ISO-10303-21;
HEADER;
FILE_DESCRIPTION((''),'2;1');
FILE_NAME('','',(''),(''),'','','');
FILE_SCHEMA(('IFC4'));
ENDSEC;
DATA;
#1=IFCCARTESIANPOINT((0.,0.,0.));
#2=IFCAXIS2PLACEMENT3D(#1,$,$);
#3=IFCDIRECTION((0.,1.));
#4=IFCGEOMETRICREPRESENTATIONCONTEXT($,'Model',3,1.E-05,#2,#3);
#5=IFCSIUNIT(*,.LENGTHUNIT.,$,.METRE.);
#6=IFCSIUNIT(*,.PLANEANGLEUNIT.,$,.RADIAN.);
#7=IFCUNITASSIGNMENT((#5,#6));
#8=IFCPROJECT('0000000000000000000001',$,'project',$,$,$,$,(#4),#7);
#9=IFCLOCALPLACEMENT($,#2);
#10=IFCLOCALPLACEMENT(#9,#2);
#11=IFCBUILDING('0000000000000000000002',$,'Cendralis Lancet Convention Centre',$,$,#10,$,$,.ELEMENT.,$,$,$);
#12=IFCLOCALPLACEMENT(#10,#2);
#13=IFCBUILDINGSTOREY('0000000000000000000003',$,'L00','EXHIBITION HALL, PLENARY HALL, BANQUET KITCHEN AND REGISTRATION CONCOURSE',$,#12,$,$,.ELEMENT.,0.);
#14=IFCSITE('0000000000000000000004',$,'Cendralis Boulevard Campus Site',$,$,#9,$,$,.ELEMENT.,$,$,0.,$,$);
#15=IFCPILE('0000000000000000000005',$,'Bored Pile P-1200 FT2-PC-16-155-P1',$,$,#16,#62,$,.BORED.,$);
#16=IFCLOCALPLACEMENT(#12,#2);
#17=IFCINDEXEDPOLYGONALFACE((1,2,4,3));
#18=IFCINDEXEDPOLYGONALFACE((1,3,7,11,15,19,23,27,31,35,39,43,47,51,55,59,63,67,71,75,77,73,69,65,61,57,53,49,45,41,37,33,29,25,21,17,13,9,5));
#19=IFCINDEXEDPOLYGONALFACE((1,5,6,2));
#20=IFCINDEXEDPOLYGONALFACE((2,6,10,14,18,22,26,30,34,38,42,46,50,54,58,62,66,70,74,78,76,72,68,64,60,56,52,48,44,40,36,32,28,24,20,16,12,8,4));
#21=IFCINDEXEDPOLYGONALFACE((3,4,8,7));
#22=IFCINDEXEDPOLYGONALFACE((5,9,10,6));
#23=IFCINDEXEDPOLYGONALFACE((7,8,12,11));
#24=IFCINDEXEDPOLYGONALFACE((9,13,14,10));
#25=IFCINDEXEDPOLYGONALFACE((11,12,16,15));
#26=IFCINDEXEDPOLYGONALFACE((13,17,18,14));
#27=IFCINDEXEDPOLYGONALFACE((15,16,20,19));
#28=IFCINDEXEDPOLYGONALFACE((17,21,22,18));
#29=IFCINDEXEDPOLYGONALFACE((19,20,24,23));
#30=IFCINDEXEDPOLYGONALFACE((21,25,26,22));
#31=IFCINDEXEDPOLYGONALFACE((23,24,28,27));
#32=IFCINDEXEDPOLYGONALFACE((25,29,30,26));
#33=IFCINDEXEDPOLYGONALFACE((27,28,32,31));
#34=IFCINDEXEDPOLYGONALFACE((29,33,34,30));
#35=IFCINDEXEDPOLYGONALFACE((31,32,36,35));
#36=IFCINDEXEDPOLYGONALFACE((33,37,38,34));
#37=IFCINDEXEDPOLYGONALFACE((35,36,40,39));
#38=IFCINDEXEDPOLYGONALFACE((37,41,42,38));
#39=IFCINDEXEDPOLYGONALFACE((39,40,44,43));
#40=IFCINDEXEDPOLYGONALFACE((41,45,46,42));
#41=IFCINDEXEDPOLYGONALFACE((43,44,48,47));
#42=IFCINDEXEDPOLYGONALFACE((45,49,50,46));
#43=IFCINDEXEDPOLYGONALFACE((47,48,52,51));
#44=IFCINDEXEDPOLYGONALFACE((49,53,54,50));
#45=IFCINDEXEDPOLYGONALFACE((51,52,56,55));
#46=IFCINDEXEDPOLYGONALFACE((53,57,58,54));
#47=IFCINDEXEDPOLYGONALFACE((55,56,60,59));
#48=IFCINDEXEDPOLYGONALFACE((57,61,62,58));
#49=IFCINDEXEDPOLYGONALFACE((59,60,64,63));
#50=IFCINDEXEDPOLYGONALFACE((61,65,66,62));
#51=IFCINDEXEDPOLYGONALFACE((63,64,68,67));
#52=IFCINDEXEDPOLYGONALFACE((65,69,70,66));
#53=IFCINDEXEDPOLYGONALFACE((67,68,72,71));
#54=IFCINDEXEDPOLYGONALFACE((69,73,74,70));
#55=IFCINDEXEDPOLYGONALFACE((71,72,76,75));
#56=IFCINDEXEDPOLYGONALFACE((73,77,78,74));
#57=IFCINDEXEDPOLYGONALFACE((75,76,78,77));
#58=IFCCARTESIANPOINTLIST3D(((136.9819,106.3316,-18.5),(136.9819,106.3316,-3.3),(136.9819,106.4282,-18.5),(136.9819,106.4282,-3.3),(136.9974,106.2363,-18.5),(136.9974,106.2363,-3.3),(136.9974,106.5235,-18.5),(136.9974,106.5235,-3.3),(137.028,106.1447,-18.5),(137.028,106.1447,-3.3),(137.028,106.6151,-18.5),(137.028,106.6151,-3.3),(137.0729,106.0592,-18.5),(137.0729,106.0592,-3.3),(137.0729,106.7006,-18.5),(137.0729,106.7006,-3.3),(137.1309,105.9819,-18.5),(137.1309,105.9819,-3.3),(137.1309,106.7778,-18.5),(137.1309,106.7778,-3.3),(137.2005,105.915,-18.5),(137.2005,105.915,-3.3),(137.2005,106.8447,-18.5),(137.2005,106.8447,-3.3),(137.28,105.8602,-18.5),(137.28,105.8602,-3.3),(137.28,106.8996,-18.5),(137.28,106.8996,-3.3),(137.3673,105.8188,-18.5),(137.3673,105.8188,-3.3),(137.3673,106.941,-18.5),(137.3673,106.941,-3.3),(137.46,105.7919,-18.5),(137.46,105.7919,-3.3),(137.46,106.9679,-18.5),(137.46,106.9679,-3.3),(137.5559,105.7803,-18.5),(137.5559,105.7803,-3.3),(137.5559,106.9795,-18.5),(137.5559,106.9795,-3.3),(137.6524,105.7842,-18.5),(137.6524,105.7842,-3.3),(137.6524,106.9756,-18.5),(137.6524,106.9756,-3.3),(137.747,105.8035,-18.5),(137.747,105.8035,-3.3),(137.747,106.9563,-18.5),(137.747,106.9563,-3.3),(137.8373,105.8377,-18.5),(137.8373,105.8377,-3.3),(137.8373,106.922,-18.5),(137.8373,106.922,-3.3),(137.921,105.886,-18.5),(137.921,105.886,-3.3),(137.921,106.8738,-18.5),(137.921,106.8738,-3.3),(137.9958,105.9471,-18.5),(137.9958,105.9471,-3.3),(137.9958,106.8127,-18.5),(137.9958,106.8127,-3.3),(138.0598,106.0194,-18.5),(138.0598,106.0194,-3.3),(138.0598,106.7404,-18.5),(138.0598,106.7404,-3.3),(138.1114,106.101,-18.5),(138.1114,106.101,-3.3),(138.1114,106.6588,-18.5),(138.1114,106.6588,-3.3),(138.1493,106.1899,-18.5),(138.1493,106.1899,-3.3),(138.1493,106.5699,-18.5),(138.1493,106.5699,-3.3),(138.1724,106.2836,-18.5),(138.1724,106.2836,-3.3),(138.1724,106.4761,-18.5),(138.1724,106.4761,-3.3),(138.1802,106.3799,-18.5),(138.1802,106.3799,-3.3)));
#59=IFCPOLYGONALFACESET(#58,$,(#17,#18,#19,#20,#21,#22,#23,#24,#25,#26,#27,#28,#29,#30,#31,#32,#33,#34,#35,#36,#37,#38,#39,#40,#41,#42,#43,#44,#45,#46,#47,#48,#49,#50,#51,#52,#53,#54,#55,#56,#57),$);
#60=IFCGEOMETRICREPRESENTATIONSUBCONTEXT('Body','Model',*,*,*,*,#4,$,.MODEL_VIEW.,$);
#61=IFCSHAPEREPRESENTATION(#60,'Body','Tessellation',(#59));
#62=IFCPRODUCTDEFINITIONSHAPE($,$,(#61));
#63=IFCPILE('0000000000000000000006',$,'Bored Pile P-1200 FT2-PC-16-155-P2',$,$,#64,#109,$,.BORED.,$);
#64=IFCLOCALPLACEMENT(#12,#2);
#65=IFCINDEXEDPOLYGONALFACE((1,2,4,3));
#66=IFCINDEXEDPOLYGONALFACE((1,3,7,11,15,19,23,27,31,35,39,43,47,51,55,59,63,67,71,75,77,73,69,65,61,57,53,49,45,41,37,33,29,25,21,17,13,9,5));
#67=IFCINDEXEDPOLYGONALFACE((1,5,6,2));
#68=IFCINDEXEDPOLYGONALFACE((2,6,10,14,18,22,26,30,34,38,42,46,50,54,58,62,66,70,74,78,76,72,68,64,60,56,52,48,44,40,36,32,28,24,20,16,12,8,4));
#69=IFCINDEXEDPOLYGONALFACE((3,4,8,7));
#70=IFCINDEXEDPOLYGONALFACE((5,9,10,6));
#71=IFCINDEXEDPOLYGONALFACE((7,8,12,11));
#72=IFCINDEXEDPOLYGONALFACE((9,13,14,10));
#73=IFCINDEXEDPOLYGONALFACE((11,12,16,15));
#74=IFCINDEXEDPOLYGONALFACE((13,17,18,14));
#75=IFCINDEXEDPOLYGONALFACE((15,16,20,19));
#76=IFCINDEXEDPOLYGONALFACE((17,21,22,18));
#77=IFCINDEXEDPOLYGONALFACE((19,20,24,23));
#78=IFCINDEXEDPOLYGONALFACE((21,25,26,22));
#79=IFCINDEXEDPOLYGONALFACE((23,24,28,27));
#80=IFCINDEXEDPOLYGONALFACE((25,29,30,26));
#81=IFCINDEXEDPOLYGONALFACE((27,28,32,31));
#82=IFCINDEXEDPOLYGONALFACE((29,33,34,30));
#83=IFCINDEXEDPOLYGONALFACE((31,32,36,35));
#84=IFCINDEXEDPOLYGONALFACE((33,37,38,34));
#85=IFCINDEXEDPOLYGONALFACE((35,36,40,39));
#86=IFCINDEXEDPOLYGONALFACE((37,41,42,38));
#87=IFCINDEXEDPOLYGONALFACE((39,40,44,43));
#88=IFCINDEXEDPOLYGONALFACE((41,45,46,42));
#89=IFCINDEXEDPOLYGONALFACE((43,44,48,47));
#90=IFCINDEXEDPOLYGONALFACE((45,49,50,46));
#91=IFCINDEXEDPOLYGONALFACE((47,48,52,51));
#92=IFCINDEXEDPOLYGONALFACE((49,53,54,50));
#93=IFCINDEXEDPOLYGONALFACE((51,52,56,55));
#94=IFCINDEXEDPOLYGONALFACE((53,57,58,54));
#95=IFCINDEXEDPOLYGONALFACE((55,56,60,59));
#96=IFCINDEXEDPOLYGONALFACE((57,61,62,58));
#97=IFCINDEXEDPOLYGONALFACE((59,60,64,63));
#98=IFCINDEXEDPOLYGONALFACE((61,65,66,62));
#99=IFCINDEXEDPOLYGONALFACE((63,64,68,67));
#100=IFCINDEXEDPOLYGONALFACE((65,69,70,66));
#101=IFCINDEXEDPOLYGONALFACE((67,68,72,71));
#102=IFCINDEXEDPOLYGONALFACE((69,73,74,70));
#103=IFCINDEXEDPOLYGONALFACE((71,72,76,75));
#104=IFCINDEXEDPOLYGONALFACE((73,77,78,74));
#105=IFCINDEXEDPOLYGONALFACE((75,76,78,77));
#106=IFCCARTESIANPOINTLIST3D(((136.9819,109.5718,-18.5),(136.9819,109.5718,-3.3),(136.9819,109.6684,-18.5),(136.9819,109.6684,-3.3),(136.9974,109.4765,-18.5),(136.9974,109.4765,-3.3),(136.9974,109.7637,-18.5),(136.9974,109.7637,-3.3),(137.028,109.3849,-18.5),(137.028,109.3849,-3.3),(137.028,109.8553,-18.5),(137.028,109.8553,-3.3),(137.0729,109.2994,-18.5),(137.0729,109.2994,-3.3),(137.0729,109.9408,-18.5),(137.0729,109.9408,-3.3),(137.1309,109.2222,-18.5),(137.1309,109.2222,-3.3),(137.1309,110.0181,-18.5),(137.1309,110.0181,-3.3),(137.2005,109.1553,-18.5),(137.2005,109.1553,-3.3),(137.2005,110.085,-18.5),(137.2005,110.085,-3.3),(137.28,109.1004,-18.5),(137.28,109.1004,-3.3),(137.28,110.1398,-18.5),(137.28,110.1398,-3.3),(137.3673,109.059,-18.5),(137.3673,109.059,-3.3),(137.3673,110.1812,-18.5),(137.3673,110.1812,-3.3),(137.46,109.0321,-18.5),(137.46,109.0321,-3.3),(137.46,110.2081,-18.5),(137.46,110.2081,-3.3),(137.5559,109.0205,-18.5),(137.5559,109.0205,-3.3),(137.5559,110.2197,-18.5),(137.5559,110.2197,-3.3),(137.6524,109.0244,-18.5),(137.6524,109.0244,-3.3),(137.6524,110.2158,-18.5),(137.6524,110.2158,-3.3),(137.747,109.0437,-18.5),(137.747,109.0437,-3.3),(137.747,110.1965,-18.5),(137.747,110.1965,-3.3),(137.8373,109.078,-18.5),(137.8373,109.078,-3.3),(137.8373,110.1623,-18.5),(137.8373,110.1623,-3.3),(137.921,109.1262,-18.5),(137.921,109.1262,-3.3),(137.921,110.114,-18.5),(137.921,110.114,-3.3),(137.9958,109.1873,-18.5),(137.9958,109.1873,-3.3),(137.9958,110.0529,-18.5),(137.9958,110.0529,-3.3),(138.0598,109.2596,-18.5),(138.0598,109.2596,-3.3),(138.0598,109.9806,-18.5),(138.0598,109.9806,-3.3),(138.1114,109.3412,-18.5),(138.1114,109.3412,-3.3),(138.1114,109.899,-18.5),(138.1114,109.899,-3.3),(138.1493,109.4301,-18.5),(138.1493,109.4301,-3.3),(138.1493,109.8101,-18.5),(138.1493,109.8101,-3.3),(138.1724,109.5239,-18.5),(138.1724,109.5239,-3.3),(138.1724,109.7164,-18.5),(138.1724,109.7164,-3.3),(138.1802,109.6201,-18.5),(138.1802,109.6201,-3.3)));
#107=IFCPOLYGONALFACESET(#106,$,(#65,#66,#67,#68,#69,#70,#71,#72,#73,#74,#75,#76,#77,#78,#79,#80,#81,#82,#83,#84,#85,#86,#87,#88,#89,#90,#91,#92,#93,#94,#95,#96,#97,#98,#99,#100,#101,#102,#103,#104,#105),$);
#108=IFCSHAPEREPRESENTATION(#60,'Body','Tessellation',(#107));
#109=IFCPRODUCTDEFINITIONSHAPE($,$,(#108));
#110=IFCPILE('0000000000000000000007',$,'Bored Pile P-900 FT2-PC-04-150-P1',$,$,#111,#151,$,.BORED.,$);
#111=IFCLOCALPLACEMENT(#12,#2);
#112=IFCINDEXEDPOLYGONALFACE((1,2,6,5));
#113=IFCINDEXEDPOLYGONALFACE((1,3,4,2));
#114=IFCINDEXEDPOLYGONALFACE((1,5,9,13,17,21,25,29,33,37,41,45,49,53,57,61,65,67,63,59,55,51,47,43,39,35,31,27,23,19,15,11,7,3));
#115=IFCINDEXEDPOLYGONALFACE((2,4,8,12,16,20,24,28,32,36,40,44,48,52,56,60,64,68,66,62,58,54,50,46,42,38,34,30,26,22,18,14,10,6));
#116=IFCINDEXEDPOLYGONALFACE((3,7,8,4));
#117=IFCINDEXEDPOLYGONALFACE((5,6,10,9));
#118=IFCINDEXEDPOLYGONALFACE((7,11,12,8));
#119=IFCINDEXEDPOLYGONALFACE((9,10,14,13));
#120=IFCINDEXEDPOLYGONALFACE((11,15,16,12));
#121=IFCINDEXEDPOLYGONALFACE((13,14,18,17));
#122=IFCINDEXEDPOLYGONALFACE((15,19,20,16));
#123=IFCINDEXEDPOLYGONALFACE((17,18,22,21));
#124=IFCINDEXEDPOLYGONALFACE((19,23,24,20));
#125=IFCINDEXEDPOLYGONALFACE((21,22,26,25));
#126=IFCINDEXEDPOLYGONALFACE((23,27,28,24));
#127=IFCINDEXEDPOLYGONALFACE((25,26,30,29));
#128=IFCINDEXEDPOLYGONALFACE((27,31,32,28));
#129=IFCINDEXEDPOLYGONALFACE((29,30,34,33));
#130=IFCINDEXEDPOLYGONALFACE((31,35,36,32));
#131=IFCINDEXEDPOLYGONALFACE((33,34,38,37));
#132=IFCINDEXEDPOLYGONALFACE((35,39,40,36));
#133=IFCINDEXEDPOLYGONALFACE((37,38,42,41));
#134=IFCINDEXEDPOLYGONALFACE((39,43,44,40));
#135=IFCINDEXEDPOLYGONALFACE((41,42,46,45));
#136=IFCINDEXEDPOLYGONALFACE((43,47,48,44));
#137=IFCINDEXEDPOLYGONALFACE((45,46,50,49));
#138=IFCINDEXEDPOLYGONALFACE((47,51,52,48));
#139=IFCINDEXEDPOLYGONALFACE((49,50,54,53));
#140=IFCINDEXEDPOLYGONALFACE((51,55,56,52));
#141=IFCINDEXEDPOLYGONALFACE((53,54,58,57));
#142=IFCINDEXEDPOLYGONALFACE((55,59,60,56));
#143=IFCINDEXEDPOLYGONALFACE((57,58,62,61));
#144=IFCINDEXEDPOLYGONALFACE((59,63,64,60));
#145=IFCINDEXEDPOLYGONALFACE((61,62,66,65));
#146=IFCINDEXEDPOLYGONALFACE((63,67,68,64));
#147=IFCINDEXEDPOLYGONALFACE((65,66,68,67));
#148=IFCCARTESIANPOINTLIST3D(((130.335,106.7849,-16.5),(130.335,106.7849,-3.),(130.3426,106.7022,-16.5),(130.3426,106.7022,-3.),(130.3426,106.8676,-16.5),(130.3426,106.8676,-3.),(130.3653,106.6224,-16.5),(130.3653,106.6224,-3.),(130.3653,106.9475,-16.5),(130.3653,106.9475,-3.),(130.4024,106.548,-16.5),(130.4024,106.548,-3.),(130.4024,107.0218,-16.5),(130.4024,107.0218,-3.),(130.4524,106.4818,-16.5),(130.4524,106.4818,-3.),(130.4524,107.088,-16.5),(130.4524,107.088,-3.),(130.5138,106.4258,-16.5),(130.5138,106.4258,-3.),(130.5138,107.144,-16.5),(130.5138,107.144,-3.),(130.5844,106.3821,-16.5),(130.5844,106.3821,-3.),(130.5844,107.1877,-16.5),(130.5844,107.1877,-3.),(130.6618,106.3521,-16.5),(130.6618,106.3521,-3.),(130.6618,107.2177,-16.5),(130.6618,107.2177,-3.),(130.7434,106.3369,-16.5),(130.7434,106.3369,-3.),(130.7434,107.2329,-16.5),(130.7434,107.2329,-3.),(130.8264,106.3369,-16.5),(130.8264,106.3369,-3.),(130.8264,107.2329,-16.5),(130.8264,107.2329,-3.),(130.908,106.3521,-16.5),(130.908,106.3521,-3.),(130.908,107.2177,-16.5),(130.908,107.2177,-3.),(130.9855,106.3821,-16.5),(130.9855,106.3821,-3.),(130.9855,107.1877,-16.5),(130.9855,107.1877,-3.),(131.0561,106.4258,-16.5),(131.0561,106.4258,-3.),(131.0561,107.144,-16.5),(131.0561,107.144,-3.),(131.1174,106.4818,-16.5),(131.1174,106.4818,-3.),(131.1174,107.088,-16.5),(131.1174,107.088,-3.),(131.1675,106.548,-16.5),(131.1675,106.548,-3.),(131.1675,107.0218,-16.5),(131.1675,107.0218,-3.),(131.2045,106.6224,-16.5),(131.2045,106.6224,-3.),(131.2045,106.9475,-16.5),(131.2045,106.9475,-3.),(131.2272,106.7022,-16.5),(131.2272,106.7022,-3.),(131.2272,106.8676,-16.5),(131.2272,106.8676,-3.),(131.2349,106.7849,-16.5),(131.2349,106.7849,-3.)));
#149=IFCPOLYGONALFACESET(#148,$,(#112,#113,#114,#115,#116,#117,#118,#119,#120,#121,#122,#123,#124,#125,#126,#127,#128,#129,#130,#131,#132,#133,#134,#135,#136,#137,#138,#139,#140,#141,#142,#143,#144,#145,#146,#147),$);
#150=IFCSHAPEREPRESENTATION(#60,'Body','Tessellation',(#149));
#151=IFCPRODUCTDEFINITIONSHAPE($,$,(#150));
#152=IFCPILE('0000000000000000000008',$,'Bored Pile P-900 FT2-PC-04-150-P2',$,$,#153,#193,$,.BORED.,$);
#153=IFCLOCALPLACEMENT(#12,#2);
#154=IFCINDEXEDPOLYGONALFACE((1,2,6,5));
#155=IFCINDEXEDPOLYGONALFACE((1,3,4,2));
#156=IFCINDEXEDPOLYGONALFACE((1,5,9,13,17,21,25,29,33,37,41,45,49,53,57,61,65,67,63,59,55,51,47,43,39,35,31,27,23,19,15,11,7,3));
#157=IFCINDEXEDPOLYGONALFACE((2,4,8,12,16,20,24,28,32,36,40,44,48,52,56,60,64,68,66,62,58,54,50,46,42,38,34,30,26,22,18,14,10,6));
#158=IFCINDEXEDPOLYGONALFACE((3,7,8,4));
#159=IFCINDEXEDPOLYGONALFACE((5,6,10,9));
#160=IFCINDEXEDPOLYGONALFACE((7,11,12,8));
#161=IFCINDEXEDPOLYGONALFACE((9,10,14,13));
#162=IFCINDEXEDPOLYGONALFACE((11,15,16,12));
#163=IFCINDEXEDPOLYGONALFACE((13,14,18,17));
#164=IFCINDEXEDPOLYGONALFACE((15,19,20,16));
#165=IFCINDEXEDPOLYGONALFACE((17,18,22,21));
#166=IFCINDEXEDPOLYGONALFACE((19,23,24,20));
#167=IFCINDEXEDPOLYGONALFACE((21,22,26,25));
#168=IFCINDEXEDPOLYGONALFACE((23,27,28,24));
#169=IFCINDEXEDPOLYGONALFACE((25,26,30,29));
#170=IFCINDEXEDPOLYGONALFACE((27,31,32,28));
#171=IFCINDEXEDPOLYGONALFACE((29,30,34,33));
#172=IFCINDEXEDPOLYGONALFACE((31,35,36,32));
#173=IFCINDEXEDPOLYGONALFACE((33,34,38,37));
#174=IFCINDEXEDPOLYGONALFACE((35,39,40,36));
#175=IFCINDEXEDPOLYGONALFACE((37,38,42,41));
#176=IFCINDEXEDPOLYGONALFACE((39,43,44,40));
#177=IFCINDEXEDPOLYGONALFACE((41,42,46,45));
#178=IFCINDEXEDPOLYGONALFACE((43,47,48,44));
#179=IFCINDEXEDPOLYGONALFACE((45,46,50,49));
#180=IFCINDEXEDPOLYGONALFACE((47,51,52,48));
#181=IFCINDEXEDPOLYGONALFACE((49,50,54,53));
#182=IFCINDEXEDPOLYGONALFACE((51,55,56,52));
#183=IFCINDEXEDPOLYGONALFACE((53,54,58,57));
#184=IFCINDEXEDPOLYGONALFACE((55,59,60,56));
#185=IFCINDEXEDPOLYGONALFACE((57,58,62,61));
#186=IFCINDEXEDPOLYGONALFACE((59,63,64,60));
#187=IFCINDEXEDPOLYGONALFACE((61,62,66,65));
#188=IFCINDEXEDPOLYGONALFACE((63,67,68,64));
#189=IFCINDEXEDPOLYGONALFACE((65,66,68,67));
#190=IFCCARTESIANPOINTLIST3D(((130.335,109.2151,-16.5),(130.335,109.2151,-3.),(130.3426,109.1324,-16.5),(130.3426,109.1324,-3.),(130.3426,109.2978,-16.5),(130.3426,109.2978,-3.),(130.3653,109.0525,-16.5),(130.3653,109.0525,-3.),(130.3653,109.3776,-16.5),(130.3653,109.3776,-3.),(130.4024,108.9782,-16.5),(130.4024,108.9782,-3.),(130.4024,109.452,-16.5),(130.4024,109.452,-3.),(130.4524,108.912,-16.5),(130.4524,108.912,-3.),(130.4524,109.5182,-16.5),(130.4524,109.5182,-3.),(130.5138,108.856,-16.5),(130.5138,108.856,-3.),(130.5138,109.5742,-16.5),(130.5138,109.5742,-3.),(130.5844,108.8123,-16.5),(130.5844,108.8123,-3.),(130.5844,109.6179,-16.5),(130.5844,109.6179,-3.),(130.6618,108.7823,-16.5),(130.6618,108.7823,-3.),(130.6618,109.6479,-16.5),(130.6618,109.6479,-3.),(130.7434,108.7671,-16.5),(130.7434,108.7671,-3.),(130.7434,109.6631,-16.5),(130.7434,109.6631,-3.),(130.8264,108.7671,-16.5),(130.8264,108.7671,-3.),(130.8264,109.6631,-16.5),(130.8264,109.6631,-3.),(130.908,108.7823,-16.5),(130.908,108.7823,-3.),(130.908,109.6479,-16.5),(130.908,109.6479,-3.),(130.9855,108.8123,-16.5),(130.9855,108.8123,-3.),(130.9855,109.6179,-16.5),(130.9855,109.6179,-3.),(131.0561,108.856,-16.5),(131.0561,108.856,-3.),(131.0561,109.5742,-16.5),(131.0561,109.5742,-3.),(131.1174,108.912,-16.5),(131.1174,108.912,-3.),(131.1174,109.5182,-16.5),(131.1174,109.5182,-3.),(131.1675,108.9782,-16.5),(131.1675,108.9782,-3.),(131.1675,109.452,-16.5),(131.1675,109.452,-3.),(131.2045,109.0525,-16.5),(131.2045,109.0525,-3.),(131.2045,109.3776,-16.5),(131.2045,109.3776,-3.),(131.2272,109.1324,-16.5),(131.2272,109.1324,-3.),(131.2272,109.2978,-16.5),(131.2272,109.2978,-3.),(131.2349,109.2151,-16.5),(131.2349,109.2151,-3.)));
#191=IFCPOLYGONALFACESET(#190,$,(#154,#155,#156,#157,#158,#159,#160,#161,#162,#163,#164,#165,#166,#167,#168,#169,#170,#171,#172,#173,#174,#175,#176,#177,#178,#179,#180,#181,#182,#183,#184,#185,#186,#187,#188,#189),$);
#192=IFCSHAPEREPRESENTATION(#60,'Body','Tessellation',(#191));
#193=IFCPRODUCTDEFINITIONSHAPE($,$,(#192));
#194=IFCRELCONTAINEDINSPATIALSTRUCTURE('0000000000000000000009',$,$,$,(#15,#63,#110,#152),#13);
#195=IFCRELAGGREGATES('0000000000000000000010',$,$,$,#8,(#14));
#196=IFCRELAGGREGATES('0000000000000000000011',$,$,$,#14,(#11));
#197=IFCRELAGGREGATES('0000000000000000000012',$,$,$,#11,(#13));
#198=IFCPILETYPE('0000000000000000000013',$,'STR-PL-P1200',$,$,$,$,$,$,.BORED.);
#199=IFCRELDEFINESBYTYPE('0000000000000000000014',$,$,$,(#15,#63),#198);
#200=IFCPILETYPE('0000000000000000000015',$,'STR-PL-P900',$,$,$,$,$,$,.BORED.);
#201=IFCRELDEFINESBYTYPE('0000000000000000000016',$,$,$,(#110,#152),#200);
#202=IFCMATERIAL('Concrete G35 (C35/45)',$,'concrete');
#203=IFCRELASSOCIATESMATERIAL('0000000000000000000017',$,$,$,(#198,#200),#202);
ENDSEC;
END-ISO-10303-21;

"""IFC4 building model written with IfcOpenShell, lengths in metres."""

from ifc_helpers import new_model, si_unit, direction, frame, origin, origin_2d, place, context, subcontext, project, spatial, circle, extrude, material, material_profile, profile_set, type_object, element, save


model = new_model("IFC4")

# Units and contexts
model_context = context("Model", 3, precision=1e-05, world=origin(), true_north=direction((0.0, 1.0)))
body_context = subcontext(model_context, "Body", "Model", "MODEL_VIEW")
ifc_project = project(units=[si_unit("LENGTHUNIT", "METRE"), si_unit("PLANEANGLEUNIT", "RADIAN")], contexts=[model_context])

# Site, building, storey
site_placement = place(None, origin())
site = spatial("IfcSite", under=ifc_project, at=site_placement, Name="Cendralis Boulevard Campus Site", CompositionType="ELEMENT", RefElevation=0.0)
building_placement = place(site_placement, origin())
building = spatial("IfcBuilding", under=site, at=building_placement, Name="Cendralis Lancet Convention Centre", CompositionType="ELEMENT")
storey_placement = place(building_placement, origin())
storey = spatial("IfcBuildingStorey", under=building, at=storey_placement, Name="L00", Description="EXHIBITION HALL, PLENARY HALL, BANQUET KITCHEN AND REGISTRATION CONCOURSE", CompositionType="ELEMENT", Elevation=0.0)

# Shared definitions
ifc_material_1 = material(Name="Concrete G35 (C35/45)", Category="concrete")

# Piles
ifc_material_profile_1 = material_profile(ifc_material_1, circle(Radius=0.6001, at=origin_2d()), Name="BORED PILE D1200")
ifc_profile_set_1 = profile_set([ifc_material_profile_1], Name="Concrete G35 (C35/45)")
pile_type_1 = type_object("IfcPileType", Name="STR-PL-P1200", PredefinedType="BORED", material=ifc_profile_set_1)
for number, where, z_axis, x_axis, name in (
    (1, (137.5801, 106.3799, -3.3), (0.0, 0.0, -1.0), (1.0, 0.0, 0.0), "Bored Pile P-1200 FT2-PC-16-155-P1"),
    (2, (137.5801, 109.6201, -3.3), (0.0, 0.0, -1.0), (1.0, 0.0, 0.0), "Bored Pile P-1200 FT2-PC-16-155-P2"),
):
    element("IfcPile", number, at=place(storey_placement, frame(where, z_axis=z_axis, x_axis=x_axis)), inside=storey, type_object=pile_type_1, Name=name, PredefinedType="BORED", context=body_context, shape_type="SweptSolid", body=[
        extrude(circle(Radius=0.6001, at=origin_2d()), origin(), (0.0, 0.0, 1.0), 15.2),
    ])
ifc_material_profile_2 = material_profile(ifc_material_1, circle(Radius=0.45, at=origin_2d()), Name="BORED PILE D900")
ifc_profile_set_2 = profile_set([ifc_material_profile_2], Name="Concrete G35 (C35/45)")
pile_type_2 = type_object("IfcPileType", Name="STR-PL-P900", PredefinedType="BORED", material=ifc_profile_set_2)
for number, where, z_axis, x_axis, name in (
    (3, (130.7849, 106.7849, -3.0), (0.0, 0.0, -1.0), (1.0, 0.0, 0.0), "Bored Pile P-900 FT2-PC-04-150-P1"),
    (4, (130.7849, 109.2151, -3.0), (0.0, 0.0, -1.0), (1.0, 0.0, 0.0), "Bored Pile P-900 FT2-PC-04-150-P2"),
):
    element("IfcPile", number, at=place(storey_placement, frame(where, z_axis=z_axis, x_axis=x_axis)), inside=storey, type_object=pile_type_2, Name=name, PredefinedType="BORED", context=body_context, shape_type="SweptSolid", body=[
        extrude(circle(Radius=0.45, at=origin_2d()), origin(), (0.0, 0.0, 1.0), 13.5),
    ])

save(model, "model.ifc")
